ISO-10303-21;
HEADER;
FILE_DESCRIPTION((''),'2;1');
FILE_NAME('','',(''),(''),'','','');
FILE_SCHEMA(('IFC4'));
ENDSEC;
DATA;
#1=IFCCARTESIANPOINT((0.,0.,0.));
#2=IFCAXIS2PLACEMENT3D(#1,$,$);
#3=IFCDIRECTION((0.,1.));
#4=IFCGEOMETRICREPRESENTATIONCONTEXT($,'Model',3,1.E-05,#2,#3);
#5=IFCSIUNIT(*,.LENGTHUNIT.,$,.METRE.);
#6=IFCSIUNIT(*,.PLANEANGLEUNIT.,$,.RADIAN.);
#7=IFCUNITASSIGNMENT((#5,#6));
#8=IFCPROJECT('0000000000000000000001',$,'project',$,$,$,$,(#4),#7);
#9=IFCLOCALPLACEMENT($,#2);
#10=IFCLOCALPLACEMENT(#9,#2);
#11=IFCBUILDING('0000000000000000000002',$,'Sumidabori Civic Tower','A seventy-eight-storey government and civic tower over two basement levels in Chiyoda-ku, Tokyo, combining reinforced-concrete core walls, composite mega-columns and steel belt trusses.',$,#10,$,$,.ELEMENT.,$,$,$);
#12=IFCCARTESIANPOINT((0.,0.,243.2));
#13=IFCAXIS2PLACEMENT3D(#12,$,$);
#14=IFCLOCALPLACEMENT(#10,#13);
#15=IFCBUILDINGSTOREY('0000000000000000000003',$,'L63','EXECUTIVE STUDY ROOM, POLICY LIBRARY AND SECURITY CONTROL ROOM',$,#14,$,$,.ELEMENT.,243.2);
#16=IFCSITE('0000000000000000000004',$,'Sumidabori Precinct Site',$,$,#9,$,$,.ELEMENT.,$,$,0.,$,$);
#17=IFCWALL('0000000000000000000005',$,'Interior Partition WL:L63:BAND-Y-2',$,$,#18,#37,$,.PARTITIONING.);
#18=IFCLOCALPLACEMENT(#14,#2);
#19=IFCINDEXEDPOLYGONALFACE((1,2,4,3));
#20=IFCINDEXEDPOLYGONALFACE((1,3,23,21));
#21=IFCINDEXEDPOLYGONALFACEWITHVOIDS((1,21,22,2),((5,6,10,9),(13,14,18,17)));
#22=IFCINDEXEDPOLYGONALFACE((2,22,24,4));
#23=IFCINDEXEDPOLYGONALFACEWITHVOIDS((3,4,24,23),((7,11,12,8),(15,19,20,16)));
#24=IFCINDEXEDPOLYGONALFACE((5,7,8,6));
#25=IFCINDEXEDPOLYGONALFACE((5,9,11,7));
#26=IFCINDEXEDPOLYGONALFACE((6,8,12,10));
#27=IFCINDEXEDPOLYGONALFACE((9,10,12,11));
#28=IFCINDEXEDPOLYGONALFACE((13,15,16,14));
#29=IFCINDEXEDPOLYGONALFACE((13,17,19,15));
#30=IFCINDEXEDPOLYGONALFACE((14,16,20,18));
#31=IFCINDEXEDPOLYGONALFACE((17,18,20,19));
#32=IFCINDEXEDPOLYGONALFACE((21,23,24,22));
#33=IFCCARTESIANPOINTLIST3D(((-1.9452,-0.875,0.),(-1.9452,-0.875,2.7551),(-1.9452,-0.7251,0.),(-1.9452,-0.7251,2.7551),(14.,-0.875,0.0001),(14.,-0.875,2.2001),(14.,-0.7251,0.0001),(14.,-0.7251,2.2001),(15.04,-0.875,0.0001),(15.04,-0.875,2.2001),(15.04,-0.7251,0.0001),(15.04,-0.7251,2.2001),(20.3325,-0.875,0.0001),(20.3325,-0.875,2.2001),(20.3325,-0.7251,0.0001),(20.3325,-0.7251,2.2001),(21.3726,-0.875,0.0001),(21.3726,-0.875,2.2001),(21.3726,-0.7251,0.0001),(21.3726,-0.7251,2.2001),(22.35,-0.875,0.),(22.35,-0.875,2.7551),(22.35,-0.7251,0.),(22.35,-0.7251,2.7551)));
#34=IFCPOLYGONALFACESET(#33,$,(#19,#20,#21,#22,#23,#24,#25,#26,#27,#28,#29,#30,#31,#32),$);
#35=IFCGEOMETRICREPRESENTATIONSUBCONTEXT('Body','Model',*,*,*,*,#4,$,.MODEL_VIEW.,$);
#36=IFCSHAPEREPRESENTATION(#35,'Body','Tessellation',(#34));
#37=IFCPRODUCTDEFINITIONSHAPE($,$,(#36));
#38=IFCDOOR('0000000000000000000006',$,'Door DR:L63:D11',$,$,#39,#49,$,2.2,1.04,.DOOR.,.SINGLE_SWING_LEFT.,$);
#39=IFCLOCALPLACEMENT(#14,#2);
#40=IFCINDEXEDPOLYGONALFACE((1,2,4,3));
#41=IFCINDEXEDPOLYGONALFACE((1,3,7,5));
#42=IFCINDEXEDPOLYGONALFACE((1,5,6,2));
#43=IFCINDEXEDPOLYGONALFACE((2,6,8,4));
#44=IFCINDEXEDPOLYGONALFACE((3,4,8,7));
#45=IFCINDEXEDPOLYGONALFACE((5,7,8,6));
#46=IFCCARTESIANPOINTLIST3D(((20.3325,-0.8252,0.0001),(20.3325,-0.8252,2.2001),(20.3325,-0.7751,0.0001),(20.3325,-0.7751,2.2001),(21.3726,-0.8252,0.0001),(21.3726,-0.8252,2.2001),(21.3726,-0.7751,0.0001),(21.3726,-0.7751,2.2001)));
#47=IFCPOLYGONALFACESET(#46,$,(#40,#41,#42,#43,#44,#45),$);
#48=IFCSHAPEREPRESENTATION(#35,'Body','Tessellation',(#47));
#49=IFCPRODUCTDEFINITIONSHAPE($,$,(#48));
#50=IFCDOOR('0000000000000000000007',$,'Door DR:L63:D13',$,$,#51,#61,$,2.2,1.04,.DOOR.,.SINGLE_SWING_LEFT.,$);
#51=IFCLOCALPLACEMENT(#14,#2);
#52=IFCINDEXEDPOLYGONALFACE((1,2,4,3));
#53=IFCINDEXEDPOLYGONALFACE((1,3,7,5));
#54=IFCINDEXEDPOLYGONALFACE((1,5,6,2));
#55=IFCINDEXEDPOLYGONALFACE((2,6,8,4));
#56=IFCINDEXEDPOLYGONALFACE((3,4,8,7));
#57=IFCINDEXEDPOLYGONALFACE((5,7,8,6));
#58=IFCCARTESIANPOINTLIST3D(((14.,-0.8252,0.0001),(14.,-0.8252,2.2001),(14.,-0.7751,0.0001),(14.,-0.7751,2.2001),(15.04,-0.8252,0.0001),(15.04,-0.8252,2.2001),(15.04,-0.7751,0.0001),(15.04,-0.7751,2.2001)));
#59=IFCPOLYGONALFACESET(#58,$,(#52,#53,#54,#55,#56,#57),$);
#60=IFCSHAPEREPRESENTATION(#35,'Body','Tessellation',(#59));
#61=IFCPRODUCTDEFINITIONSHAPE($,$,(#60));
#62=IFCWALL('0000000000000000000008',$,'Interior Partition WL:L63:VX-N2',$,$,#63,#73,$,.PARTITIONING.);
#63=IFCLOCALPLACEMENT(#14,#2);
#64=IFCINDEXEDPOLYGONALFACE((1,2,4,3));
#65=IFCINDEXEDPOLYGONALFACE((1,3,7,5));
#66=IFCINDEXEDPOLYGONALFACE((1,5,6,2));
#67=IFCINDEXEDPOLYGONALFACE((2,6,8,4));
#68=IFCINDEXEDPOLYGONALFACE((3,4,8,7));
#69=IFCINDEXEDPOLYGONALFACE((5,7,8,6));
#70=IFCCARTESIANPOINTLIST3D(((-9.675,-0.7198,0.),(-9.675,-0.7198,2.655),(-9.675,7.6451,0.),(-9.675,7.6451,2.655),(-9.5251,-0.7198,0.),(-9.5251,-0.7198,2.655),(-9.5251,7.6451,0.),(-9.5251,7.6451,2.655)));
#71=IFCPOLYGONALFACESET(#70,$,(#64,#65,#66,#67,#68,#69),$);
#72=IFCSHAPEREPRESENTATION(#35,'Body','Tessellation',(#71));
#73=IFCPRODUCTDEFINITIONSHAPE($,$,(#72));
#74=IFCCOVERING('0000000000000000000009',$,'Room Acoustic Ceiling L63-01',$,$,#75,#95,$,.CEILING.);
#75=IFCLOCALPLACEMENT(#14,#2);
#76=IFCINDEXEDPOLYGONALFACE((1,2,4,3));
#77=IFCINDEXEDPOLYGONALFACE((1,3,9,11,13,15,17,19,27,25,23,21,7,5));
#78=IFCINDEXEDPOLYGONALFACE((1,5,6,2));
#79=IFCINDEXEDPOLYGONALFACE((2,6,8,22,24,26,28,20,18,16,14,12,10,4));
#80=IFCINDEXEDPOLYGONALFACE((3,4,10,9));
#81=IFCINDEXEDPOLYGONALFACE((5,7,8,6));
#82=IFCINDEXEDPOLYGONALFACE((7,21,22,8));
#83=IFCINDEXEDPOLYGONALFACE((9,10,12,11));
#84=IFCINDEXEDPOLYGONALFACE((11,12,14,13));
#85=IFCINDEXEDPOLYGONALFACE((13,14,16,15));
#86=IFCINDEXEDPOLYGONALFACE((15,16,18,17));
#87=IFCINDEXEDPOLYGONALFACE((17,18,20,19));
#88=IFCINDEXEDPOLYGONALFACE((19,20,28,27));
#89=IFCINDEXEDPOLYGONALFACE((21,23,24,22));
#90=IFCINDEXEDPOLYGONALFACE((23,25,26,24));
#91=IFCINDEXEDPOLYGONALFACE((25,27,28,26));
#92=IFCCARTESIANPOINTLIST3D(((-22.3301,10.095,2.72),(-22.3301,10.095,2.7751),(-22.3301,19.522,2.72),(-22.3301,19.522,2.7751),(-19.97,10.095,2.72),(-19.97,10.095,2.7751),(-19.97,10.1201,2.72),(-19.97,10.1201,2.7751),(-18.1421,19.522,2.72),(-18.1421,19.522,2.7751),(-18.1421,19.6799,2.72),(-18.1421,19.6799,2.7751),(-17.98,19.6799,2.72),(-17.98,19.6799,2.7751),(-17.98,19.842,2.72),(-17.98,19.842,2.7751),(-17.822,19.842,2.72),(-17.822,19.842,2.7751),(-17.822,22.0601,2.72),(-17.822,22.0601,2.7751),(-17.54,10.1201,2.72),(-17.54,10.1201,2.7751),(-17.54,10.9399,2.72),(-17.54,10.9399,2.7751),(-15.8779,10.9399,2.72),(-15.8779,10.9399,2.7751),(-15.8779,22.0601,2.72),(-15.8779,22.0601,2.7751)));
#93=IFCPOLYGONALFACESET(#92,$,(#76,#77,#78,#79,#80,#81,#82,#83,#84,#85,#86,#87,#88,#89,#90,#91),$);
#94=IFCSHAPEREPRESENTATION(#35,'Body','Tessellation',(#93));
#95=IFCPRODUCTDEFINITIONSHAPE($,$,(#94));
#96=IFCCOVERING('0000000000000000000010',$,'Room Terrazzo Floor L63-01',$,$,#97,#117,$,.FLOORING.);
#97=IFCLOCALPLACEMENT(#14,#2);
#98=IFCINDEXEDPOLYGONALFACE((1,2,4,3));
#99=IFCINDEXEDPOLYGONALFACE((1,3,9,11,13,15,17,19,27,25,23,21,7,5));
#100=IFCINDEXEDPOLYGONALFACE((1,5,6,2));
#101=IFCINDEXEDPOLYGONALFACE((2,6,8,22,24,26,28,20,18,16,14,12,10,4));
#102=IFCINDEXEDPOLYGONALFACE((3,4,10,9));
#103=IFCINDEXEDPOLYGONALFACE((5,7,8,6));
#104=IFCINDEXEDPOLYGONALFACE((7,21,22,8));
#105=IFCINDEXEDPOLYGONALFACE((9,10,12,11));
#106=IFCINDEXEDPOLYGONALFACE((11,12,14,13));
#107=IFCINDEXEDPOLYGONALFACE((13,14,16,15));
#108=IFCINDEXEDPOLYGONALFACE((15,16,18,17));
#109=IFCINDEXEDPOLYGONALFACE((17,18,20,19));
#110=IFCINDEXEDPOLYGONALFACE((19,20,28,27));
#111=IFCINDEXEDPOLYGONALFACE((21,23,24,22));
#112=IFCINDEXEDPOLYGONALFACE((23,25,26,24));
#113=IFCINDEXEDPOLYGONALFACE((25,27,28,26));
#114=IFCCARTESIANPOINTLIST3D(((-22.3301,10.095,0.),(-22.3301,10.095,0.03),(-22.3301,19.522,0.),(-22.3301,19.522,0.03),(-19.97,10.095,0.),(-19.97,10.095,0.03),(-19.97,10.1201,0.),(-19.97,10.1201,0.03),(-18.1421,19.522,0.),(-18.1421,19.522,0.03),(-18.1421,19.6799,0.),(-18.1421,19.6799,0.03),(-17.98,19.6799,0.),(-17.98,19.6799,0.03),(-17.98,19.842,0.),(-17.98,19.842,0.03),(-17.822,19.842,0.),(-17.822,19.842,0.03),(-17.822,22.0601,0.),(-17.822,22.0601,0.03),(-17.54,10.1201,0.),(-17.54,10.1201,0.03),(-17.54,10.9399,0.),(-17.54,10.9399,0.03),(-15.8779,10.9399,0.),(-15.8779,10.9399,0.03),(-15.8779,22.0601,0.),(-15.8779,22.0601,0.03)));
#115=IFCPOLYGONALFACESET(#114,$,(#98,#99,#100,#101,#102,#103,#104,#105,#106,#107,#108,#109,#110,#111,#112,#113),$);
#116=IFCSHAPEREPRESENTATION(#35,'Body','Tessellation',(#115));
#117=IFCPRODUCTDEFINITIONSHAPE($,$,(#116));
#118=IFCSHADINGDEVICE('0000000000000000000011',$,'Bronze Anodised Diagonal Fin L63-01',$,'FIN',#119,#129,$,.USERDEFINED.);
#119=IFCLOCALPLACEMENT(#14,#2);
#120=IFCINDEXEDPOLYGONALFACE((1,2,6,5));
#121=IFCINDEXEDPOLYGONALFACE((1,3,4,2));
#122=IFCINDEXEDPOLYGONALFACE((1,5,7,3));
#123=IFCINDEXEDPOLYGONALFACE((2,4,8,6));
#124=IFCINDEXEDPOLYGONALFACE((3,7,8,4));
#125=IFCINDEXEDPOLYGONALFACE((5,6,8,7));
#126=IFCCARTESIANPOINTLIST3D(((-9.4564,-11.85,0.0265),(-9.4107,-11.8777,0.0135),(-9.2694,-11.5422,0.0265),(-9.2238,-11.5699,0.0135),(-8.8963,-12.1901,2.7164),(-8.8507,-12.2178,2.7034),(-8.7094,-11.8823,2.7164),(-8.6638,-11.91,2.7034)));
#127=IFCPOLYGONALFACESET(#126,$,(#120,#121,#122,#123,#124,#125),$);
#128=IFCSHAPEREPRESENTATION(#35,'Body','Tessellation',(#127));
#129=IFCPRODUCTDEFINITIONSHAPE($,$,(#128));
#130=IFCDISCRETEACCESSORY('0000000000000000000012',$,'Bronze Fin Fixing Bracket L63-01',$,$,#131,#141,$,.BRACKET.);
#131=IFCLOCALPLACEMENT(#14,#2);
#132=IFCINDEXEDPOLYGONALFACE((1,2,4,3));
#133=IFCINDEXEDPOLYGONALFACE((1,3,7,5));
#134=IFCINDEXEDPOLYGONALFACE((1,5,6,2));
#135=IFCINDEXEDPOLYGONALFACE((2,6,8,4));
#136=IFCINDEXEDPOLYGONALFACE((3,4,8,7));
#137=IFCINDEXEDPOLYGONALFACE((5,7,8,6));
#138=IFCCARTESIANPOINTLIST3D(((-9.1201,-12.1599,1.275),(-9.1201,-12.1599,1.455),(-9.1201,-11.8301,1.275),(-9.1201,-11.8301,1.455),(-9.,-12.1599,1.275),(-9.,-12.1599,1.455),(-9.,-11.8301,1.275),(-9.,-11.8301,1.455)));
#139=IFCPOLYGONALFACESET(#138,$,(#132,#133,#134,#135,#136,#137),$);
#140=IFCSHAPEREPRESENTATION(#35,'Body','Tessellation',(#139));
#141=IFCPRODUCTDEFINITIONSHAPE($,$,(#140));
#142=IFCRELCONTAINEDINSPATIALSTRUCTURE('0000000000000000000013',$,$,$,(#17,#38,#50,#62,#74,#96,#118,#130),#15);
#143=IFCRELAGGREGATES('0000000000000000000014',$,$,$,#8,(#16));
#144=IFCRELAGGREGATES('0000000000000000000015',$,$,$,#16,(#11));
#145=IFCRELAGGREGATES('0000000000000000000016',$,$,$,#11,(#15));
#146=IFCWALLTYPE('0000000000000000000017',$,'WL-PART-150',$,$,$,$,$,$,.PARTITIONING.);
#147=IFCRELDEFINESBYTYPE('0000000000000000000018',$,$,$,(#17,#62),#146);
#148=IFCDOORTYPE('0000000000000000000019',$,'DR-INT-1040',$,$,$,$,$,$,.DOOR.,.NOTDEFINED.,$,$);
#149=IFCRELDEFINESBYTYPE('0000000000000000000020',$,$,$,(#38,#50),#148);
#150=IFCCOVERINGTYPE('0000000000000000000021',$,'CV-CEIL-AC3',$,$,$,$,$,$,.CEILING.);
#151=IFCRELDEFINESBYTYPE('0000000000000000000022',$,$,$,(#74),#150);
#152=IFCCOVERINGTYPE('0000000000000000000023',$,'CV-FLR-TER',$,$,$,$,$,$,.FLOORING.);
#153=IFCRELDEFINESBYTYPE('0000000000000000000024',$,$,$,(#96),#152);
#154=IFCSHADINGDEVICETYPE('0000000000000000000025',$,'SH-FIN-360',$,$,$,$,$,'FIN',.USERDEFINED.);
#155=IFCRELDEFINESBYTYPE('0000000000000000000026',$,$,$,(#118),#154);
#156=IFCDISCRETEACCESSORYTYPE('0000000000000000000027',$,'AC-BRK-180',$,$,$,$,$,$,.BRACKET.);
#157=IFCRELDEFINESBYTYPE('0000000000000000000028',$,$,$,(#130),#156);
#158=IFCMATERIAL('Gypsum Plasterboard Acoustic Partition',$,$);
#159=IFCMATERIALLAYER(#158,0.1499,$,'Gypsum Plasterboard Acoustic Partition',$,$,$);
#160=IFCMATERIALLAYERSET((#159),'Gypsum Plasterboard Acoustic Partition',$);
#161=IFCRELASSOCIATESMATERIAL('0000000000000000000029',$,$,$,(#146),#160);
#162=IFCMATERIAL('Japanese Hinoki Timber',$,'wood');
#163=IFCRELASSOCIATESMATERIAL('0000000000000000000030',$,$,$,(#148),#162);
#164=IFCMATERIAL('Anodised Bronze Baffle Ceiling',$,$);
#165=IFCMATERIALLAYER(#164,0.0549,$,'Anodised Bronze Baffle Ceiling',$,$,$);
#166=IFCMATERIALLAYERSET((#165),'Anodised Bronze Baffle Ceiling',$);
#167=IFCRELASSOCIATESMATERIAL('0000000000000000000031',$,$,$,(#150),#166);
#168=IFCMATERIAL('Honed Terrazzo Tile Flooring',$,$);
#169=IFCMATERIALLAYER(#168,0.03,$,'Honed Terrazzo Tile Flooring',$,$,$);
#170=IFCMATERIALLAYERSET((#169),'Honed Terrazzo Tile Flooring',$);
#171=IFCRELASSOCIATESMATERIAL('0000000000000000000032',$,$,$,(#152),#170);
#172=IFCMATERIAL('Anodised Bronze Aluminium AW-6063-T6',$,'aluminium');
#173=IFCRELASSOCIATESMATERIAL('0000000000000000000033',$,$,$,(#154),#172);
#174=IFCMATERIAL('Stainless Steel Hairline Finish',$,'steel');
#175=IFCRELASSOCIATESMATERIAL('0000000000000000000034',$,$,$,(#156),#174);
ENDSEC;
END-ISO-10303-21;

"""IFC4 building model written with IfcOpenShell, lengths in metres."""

from ifc_helpers import new_model, si_unit, direction, frame, frame_2d, origin, origin_2d, place, context, subcontext, project, spatial, polyline, rectangle, outline, extrude, source, transform, mapped, material, layer, layer_set, material_profile, profile_set, type_object, element, fill, save


model = new_model("IFC4")

# Units and contexts
model_context = context("Model", 3, precision=1e-05, world=origin(), true_north=direction((0.0, 1.0)))
body_context = subcontext(model_context, "Body", "Model", "MODEL_VIEW")
ifc_project = project(units=[si_unit("LENGTHUNIT", "METRE"), si_unit("PLANEANGLEUNIT", "RADIAN")], contexts=[model_context])

# Site, building, storey
site_placement = place(None, origin())
site = spatial("IfcSite", under=ifc_project, at=site_placement, Name="Sumidabori Precinct Site", CompositionType="ELEMENT", RefElevation=0.0)
building_placement = place(site_placement, origin())
building = spatial("IfcBuilding", under=site, at=building_placement, Name="Sumidabori Civic Tower", Description="A seventy-eight-storey government and civic tower over two basement levels in Chiyoda-ku, Tokyo, combining reinforced-concrete core walls, composite mega-columns and steel belt trusses.", CompositionType="ELEMENT")
storey_placement = place(building_placement, frame((0.0, 0.0, 243.2)))
storey = spatial("IfcBuildingStorey", under=building, at=storey_placement, Name="L63", Description="EXECUTIVE STUDY ROOM, POLICY LIBRARY AND SECURITY CONTROL ROOM", CompositionType="ELEMENT", Elevation=243.2)

# Shared definitions
ifc_material_1 = material(Name="Anodised Bronze Aluminium AW-6063-T6", Category="aluminium")

# Shared definitions
ifc_material_2 = material(Name="Gypsum Plasterboard Acoustic Partition")
ifc_layer_1 = layer(ifc_material_2, 0.1499, Name="Gypsum Plasterboard Acoustic Partition")
ifc_layer_set_1 = layer_set([ifc_layer_1], Name="Gypsum Plasterboard Acoustic Partition")
wall_type = type_object("IfcWallType", Name="WL-PART-150", PredefinedType="PARTITIONING", material=ifc_layer_set_1)
ifc_material_3 = material(Name="Japanese Hinoki Timber", Category="wood")
door_type = type_object("IfcDoorType", Name="DR-INT-1040", OperationType="NOTDEFINED", PredefinedType="DOOR", material=ifc_material_3)
shared_shape_1 = source(origin(), body_context, "Body", "SweptSolid", [
    extrude(rectangle(XDim=1.04, YDim=2.2, at=frame_2d((0.52, 1.1001))), frame((0.0, 0.0249, 0.0), z_axis=(0.0, -1.0, 0.0), x_axis=(1.0, 0.0, 0.0)), (0.0, 0.0, 1.0), 0.05),
])

# Wall, openings, doors
shared_shape_2 = source(origin(), body_context, "Body", "SweptSolid", [
    extrude(rectangle(XDim=24.2952, YDim=0.1499, at=frame_2d((12.1475, 0.0))), origin(), (0.0, 0.0, 1.0), 2.7551),
])
wall_1_placement = place(storey_placement, frame((-1.9451, -0.8, 0.0), z_axis=(0.0, 0.0, 1.0), x_axis=(1.0, 0.0, 0.0)))
wall_1 = element("IfcWall", 1, at=wall_1_placement, inside=storey, type_object=wall_type, Name="Interior Partition WL:L63:BAND-Y-2", PredefinedType="PARTITIONING", context=body_context, shape_type="MappedRepresentation", body=[
    mapped(shared_shape_2, transform((0.0, 0.0, 0.0), x_axis=(1.0, 0.0, 0.0), y_axis=(0.0, 1.0, 0.0), z_axis=(0.0, 0.0, 1.0), scale=1.0)),
])
opening_1_placement = place(wall_1_placement, frame((22.2776, 0.0, 0.0)))
opening_1 = element("IfcOpeningElement", 2, at=opening_1_placement, cuts=wall_1, PredefinedType="OPENING", context=body_context, shape_type="SweptSolid", body=[
    extrude(rectangle(XDim=1.04, YDim=2.2, at=frame_2d((0.52, 1.1001))), frame((0.0, 0.0869, 0.0), z_axis=(0.0, -1.0, 0.0), x_axis=(1.0, 0.0, 0.0)), (0.0, 0.0, 1.0), 0.1738),
])
opening_2_placement = place(wall_1_placement, frame((15.9451, 0.0, 0.0)))
opening_2 = element("IfcOpeningElement", 3, at=opening_2_placement, cuts=wall_1, PredefinedType="OPENING", context=body_context, shape_type="SweptSolid", body=[
    extrude(rectangle(XDim=1.04, YDim=2.2, at=frame_2d((0.52, 1.1001))), frame((0.0, 0.0869, 0.0), z_axis=(0.0, -1.0, 0.0), x_axis=(1.0, 0.0, 0.0)), (0.0, 0.0, 1.0), 0.1738),
])
door_1_placement = place(opening_1_placement, origin())
door_1 = element("IfcDoor", 4, at=door_1_placement, inside=storey, type_object=door_type, Name="Door DR:L63:D11", OperationType="SINGLE_SWING_LEFT", OverallHeight=2.2, OverallWidth=1.04, PredefinedType="DOOR", context=body_context, shape_type="MappedRepresentation", body=[
    mapped(shared_shape_1, transform((0.0, 0.0, 0.0), x_axis=(1.0, 0.0, 0.0), y_axis=(0.0, 1.0, 0.0), z_axis=(0.0, 0.0, 1.0), scale=1.0)),
])
fill(opening_1, door_1)
door_2_placement = place(opening_2_placement, origin())
door_2 = element("IfcDoor", 5, at=door_2_placement, inside=storey, type_object=door_type, Name="Door DR:L63:D13", OperationType="SINGLE_SWING_LEFT", OverallHeight=2.2, OverallWidth=1.04, PredefinedType="DOOR", context=body_context, shape_type="MappedRepresentation", body=[
    mapped(shared_shape_1, transform((0.0, 0.0, 0.0), x_axis=(1.0, 0.0, 0.0), y_axis=(0.0, 1.0, 0.0), z_axis=(0.0, 0.0, 1.0), scale=1.0)),
])
fill(opening_2, door_2)

# Wall
shared_shape_3 = source(origin(), body_context, "Body", "SweptSolid", [
    extrude(rectangle(XDim=8.365, YDim=0.1499, at=frame_2d((4.1826, 0.0))), origin(), (0.0, 0.0, 1.0), 2.655),
])
wall_2_placement = place(storey_placement, frame((-9.6001, -0.72, 0.0), z_axis=(0.0, 0.0, 1.0), x_axis=(0.0, 1.0, 0.0)))
element("IfcWall", 6, at=wall_2_placement, inside=storey, type_object=wall_type, Name="Interior Partition WL:L63:VX-N2", PredefinedType="PARTITIONING", context=body_context, shape_type="MappedRepresentation", body=[
    mapped(shared_shape_3, transform((0.0, 0.0, 0.0), x_axis=(1.0, 0.0, 0.0), y_axis=(0.0, 1.0, 0.0), z_axis=(0.0, 0.0, 1.0), scale=1.0)),
])

# Coverings
ifc_material_4 = material(Name="Anodised Bronze Baffle Ceiling")
ifc_layer_2 = layer(ifc_material_4, 0.0549, Name="Anodised Bronze Baffle Ceiling")
ifc_layer_set_2 = layer_set([ifc_layer_2], Name="Anodised Bronze Baffle Ceiling")
covering_type_1 = type_object("IfcCoveringType", Name="CV-CEIL-AC3", PredefinedType="CEILING", material=ifc_layer_set_2)
covering_1_placement = place(storey_placement, frame((0.0, 0.0, 2.72)))
element("IfcCovering", 7, at=covering_1_placement, inside=storey, type_object=covering_type_1, Name="Room Acoustic Ceiling L63-01", PredefinedType="CEILING", context=body_context, shape_type="SweptSolid", body=[
    extrude(outline(polyline([(-22.3301, 10.095), (-22.3301, 19.522), (-18.1421, 19.522), (-18.1421, 19.6799), (-17.98, 19.6799), (-17.98, 19.842), (-17.822, 19.842), (-17.822, 22.0601), (-15.8779, 22.0601), (-15.8779, 10.9399), (-17.54, 10.9399), (-17.54, 10.1201), (-19.97, 10.1201), (-19.97, 10.095), (-22.3301, 10.095)])), origin(), (0.0, 0.0, 1.0), 0.0552),
])
ifc_material_5 = material(Name="Honed Terrazzo Tile Flooring")
ifc_layer_3 = layer(ifc_material_5, 0.03, Name="Honed Terrazzo Tile Flooring")
ifc_layer_set_3 = layer_set([ifc_layer_3], Name="Honed Terrazzo Tile Flooring")
covering_type_2 = type_object("IfcCoveringType", Name="CV-FLR-TER", PredefinedType="FLOORING", material=ifc_layer_set_3)
covering_2_placement = place(storey_placement, origin())
element("IfcCovering", 8, at=covering_2_placement, inside=storey, type_object=covering_type_2, Name="Room Terrazzo Floor L63-01", PredefinedType="FLOORING", context=body_context, shape_type="SweptSolid", body=[
    extrude(outline(polyline([(-22.3301, 10.095), (-22.3301, 19.522), (-18.1421, 19.522), (-18.1421, 19.6799), (-17.98, 19.6799), (-17.98, 19.842), (-17.822, 19.842), (-17.822, 22.0601), (-15.8779, 22.0601), (-15.8779, 10.9399), (-17.54, 10.9399), (-17.54, 10.1201), (-19.97, 10.1201), (-19.97, 10.095), (-22.3301, 10.095)])), origin(), (0.0, 0.0, 1.0), 0.03),
])

# Shading device
ifc_material_profile_1 = material_profile(ifc_material_1, rectangle(XDim=0.0549, YDim=0.3601, at=origin_2d()), Name="BRONZE FIN 360x55")
ifc_profile_set_1 = profile_set([ifc_material_profile_1], Name="Anodised Bronze Aluminium AW-6063-T6")
shading_device_type = type_object("IfcShadingDeviceType", Name="SH-FIN-360", ElementType="FIN", PredefinedType="USERDEFINED", material=ifc_profile_set_1)
shared_shape_4 = source(origin(), body_context, "Body", "SweptSolid", [
    extrude(rectangle(XDim=0.0549, YDim=0.3601, at=origin_2d()), origin(), (0.0, 0.0, 1.0), 2.7686),
])
shading_device_placement = place(storey_placement, frame((-9.3401, -11.71, 0.02), z_axis=(0.20229, -0.122838, 0.971591), x_axis=(0.83047, -0.504291, -0.236665)))
element("IfcShadingDevice", 9, at=shading_device_placement, inside=storey, type_object=shading_device_type, Name="Bronze Anodised Diagonal Fin L63-01", ObjectType="FIN", PredefinedType="USERDEFINED", context=body_context, shape_type="MappedRepresentation", body=[
    mapped(shared_shape_4, transform((0.0, 0.0, 0.0), x_axis=(1.0, 0.0, 0.0), y_axis=(0.0, 1.0, 0.0), z_axis=(0.0, 0.0, 1.0), scale=1.0)),
])

# Discrete accessory
ifc_material_6 = material(Name="Stainless Steel Hairline Finish", Category="steel")
ifc_material_profile_2 = material_profile(ifc_material_6, rectangle(XDim=0.1201, YDim=0.1799, at=origin_2d()), Name="STEEL BRACKET 180x120")
ifc_profile_set_2 = profile_set([ifc_material_profile_2], Name="Stainless Steel Hairline Finish")
discrete_accessory_type = type_object("IfcDiscreteAccessoryType", Name="AC-BRK-180", PredefinedType="BRACKET", material=ifc_profile_set_2)
shared_shape_5 = source(origin(), body_context, "Body", "SweptSolid", [
    extrude(rectangle(XDim=0.1201, YDim=0.1799, at=origin_2d()), origin(), (0.0, 0.0, 1.0), 0.3298),
])
discrete_accessory_placement = place(storey_placement, frame((-9.0601, -11.8301, 1.365), z_axis=(0.0, -1.0, 0.0), x_axis=(1.0, 0.0, 0.0)))
element("IfcDiscreteAccessory", 10, at=discrete_accessory_placement, inside=storey, type_object=discrete_accessory_type, Name="Bronze Fin Fixing Bracket L63-01", PredefinedType="BRACKET", context=body_context, shape_type="MappedRepresentation", body=[
    mapped(shared_shape_5, transform((0.0, 0.0, 0.0), x_axis=(1.0, 0.0, 0.0), y_axis=(0.0, 1.0, 0.0), z_axis=(0.0, 0.0, 1.0), scale=1.0)),
])

save(model, "model.ifc")
